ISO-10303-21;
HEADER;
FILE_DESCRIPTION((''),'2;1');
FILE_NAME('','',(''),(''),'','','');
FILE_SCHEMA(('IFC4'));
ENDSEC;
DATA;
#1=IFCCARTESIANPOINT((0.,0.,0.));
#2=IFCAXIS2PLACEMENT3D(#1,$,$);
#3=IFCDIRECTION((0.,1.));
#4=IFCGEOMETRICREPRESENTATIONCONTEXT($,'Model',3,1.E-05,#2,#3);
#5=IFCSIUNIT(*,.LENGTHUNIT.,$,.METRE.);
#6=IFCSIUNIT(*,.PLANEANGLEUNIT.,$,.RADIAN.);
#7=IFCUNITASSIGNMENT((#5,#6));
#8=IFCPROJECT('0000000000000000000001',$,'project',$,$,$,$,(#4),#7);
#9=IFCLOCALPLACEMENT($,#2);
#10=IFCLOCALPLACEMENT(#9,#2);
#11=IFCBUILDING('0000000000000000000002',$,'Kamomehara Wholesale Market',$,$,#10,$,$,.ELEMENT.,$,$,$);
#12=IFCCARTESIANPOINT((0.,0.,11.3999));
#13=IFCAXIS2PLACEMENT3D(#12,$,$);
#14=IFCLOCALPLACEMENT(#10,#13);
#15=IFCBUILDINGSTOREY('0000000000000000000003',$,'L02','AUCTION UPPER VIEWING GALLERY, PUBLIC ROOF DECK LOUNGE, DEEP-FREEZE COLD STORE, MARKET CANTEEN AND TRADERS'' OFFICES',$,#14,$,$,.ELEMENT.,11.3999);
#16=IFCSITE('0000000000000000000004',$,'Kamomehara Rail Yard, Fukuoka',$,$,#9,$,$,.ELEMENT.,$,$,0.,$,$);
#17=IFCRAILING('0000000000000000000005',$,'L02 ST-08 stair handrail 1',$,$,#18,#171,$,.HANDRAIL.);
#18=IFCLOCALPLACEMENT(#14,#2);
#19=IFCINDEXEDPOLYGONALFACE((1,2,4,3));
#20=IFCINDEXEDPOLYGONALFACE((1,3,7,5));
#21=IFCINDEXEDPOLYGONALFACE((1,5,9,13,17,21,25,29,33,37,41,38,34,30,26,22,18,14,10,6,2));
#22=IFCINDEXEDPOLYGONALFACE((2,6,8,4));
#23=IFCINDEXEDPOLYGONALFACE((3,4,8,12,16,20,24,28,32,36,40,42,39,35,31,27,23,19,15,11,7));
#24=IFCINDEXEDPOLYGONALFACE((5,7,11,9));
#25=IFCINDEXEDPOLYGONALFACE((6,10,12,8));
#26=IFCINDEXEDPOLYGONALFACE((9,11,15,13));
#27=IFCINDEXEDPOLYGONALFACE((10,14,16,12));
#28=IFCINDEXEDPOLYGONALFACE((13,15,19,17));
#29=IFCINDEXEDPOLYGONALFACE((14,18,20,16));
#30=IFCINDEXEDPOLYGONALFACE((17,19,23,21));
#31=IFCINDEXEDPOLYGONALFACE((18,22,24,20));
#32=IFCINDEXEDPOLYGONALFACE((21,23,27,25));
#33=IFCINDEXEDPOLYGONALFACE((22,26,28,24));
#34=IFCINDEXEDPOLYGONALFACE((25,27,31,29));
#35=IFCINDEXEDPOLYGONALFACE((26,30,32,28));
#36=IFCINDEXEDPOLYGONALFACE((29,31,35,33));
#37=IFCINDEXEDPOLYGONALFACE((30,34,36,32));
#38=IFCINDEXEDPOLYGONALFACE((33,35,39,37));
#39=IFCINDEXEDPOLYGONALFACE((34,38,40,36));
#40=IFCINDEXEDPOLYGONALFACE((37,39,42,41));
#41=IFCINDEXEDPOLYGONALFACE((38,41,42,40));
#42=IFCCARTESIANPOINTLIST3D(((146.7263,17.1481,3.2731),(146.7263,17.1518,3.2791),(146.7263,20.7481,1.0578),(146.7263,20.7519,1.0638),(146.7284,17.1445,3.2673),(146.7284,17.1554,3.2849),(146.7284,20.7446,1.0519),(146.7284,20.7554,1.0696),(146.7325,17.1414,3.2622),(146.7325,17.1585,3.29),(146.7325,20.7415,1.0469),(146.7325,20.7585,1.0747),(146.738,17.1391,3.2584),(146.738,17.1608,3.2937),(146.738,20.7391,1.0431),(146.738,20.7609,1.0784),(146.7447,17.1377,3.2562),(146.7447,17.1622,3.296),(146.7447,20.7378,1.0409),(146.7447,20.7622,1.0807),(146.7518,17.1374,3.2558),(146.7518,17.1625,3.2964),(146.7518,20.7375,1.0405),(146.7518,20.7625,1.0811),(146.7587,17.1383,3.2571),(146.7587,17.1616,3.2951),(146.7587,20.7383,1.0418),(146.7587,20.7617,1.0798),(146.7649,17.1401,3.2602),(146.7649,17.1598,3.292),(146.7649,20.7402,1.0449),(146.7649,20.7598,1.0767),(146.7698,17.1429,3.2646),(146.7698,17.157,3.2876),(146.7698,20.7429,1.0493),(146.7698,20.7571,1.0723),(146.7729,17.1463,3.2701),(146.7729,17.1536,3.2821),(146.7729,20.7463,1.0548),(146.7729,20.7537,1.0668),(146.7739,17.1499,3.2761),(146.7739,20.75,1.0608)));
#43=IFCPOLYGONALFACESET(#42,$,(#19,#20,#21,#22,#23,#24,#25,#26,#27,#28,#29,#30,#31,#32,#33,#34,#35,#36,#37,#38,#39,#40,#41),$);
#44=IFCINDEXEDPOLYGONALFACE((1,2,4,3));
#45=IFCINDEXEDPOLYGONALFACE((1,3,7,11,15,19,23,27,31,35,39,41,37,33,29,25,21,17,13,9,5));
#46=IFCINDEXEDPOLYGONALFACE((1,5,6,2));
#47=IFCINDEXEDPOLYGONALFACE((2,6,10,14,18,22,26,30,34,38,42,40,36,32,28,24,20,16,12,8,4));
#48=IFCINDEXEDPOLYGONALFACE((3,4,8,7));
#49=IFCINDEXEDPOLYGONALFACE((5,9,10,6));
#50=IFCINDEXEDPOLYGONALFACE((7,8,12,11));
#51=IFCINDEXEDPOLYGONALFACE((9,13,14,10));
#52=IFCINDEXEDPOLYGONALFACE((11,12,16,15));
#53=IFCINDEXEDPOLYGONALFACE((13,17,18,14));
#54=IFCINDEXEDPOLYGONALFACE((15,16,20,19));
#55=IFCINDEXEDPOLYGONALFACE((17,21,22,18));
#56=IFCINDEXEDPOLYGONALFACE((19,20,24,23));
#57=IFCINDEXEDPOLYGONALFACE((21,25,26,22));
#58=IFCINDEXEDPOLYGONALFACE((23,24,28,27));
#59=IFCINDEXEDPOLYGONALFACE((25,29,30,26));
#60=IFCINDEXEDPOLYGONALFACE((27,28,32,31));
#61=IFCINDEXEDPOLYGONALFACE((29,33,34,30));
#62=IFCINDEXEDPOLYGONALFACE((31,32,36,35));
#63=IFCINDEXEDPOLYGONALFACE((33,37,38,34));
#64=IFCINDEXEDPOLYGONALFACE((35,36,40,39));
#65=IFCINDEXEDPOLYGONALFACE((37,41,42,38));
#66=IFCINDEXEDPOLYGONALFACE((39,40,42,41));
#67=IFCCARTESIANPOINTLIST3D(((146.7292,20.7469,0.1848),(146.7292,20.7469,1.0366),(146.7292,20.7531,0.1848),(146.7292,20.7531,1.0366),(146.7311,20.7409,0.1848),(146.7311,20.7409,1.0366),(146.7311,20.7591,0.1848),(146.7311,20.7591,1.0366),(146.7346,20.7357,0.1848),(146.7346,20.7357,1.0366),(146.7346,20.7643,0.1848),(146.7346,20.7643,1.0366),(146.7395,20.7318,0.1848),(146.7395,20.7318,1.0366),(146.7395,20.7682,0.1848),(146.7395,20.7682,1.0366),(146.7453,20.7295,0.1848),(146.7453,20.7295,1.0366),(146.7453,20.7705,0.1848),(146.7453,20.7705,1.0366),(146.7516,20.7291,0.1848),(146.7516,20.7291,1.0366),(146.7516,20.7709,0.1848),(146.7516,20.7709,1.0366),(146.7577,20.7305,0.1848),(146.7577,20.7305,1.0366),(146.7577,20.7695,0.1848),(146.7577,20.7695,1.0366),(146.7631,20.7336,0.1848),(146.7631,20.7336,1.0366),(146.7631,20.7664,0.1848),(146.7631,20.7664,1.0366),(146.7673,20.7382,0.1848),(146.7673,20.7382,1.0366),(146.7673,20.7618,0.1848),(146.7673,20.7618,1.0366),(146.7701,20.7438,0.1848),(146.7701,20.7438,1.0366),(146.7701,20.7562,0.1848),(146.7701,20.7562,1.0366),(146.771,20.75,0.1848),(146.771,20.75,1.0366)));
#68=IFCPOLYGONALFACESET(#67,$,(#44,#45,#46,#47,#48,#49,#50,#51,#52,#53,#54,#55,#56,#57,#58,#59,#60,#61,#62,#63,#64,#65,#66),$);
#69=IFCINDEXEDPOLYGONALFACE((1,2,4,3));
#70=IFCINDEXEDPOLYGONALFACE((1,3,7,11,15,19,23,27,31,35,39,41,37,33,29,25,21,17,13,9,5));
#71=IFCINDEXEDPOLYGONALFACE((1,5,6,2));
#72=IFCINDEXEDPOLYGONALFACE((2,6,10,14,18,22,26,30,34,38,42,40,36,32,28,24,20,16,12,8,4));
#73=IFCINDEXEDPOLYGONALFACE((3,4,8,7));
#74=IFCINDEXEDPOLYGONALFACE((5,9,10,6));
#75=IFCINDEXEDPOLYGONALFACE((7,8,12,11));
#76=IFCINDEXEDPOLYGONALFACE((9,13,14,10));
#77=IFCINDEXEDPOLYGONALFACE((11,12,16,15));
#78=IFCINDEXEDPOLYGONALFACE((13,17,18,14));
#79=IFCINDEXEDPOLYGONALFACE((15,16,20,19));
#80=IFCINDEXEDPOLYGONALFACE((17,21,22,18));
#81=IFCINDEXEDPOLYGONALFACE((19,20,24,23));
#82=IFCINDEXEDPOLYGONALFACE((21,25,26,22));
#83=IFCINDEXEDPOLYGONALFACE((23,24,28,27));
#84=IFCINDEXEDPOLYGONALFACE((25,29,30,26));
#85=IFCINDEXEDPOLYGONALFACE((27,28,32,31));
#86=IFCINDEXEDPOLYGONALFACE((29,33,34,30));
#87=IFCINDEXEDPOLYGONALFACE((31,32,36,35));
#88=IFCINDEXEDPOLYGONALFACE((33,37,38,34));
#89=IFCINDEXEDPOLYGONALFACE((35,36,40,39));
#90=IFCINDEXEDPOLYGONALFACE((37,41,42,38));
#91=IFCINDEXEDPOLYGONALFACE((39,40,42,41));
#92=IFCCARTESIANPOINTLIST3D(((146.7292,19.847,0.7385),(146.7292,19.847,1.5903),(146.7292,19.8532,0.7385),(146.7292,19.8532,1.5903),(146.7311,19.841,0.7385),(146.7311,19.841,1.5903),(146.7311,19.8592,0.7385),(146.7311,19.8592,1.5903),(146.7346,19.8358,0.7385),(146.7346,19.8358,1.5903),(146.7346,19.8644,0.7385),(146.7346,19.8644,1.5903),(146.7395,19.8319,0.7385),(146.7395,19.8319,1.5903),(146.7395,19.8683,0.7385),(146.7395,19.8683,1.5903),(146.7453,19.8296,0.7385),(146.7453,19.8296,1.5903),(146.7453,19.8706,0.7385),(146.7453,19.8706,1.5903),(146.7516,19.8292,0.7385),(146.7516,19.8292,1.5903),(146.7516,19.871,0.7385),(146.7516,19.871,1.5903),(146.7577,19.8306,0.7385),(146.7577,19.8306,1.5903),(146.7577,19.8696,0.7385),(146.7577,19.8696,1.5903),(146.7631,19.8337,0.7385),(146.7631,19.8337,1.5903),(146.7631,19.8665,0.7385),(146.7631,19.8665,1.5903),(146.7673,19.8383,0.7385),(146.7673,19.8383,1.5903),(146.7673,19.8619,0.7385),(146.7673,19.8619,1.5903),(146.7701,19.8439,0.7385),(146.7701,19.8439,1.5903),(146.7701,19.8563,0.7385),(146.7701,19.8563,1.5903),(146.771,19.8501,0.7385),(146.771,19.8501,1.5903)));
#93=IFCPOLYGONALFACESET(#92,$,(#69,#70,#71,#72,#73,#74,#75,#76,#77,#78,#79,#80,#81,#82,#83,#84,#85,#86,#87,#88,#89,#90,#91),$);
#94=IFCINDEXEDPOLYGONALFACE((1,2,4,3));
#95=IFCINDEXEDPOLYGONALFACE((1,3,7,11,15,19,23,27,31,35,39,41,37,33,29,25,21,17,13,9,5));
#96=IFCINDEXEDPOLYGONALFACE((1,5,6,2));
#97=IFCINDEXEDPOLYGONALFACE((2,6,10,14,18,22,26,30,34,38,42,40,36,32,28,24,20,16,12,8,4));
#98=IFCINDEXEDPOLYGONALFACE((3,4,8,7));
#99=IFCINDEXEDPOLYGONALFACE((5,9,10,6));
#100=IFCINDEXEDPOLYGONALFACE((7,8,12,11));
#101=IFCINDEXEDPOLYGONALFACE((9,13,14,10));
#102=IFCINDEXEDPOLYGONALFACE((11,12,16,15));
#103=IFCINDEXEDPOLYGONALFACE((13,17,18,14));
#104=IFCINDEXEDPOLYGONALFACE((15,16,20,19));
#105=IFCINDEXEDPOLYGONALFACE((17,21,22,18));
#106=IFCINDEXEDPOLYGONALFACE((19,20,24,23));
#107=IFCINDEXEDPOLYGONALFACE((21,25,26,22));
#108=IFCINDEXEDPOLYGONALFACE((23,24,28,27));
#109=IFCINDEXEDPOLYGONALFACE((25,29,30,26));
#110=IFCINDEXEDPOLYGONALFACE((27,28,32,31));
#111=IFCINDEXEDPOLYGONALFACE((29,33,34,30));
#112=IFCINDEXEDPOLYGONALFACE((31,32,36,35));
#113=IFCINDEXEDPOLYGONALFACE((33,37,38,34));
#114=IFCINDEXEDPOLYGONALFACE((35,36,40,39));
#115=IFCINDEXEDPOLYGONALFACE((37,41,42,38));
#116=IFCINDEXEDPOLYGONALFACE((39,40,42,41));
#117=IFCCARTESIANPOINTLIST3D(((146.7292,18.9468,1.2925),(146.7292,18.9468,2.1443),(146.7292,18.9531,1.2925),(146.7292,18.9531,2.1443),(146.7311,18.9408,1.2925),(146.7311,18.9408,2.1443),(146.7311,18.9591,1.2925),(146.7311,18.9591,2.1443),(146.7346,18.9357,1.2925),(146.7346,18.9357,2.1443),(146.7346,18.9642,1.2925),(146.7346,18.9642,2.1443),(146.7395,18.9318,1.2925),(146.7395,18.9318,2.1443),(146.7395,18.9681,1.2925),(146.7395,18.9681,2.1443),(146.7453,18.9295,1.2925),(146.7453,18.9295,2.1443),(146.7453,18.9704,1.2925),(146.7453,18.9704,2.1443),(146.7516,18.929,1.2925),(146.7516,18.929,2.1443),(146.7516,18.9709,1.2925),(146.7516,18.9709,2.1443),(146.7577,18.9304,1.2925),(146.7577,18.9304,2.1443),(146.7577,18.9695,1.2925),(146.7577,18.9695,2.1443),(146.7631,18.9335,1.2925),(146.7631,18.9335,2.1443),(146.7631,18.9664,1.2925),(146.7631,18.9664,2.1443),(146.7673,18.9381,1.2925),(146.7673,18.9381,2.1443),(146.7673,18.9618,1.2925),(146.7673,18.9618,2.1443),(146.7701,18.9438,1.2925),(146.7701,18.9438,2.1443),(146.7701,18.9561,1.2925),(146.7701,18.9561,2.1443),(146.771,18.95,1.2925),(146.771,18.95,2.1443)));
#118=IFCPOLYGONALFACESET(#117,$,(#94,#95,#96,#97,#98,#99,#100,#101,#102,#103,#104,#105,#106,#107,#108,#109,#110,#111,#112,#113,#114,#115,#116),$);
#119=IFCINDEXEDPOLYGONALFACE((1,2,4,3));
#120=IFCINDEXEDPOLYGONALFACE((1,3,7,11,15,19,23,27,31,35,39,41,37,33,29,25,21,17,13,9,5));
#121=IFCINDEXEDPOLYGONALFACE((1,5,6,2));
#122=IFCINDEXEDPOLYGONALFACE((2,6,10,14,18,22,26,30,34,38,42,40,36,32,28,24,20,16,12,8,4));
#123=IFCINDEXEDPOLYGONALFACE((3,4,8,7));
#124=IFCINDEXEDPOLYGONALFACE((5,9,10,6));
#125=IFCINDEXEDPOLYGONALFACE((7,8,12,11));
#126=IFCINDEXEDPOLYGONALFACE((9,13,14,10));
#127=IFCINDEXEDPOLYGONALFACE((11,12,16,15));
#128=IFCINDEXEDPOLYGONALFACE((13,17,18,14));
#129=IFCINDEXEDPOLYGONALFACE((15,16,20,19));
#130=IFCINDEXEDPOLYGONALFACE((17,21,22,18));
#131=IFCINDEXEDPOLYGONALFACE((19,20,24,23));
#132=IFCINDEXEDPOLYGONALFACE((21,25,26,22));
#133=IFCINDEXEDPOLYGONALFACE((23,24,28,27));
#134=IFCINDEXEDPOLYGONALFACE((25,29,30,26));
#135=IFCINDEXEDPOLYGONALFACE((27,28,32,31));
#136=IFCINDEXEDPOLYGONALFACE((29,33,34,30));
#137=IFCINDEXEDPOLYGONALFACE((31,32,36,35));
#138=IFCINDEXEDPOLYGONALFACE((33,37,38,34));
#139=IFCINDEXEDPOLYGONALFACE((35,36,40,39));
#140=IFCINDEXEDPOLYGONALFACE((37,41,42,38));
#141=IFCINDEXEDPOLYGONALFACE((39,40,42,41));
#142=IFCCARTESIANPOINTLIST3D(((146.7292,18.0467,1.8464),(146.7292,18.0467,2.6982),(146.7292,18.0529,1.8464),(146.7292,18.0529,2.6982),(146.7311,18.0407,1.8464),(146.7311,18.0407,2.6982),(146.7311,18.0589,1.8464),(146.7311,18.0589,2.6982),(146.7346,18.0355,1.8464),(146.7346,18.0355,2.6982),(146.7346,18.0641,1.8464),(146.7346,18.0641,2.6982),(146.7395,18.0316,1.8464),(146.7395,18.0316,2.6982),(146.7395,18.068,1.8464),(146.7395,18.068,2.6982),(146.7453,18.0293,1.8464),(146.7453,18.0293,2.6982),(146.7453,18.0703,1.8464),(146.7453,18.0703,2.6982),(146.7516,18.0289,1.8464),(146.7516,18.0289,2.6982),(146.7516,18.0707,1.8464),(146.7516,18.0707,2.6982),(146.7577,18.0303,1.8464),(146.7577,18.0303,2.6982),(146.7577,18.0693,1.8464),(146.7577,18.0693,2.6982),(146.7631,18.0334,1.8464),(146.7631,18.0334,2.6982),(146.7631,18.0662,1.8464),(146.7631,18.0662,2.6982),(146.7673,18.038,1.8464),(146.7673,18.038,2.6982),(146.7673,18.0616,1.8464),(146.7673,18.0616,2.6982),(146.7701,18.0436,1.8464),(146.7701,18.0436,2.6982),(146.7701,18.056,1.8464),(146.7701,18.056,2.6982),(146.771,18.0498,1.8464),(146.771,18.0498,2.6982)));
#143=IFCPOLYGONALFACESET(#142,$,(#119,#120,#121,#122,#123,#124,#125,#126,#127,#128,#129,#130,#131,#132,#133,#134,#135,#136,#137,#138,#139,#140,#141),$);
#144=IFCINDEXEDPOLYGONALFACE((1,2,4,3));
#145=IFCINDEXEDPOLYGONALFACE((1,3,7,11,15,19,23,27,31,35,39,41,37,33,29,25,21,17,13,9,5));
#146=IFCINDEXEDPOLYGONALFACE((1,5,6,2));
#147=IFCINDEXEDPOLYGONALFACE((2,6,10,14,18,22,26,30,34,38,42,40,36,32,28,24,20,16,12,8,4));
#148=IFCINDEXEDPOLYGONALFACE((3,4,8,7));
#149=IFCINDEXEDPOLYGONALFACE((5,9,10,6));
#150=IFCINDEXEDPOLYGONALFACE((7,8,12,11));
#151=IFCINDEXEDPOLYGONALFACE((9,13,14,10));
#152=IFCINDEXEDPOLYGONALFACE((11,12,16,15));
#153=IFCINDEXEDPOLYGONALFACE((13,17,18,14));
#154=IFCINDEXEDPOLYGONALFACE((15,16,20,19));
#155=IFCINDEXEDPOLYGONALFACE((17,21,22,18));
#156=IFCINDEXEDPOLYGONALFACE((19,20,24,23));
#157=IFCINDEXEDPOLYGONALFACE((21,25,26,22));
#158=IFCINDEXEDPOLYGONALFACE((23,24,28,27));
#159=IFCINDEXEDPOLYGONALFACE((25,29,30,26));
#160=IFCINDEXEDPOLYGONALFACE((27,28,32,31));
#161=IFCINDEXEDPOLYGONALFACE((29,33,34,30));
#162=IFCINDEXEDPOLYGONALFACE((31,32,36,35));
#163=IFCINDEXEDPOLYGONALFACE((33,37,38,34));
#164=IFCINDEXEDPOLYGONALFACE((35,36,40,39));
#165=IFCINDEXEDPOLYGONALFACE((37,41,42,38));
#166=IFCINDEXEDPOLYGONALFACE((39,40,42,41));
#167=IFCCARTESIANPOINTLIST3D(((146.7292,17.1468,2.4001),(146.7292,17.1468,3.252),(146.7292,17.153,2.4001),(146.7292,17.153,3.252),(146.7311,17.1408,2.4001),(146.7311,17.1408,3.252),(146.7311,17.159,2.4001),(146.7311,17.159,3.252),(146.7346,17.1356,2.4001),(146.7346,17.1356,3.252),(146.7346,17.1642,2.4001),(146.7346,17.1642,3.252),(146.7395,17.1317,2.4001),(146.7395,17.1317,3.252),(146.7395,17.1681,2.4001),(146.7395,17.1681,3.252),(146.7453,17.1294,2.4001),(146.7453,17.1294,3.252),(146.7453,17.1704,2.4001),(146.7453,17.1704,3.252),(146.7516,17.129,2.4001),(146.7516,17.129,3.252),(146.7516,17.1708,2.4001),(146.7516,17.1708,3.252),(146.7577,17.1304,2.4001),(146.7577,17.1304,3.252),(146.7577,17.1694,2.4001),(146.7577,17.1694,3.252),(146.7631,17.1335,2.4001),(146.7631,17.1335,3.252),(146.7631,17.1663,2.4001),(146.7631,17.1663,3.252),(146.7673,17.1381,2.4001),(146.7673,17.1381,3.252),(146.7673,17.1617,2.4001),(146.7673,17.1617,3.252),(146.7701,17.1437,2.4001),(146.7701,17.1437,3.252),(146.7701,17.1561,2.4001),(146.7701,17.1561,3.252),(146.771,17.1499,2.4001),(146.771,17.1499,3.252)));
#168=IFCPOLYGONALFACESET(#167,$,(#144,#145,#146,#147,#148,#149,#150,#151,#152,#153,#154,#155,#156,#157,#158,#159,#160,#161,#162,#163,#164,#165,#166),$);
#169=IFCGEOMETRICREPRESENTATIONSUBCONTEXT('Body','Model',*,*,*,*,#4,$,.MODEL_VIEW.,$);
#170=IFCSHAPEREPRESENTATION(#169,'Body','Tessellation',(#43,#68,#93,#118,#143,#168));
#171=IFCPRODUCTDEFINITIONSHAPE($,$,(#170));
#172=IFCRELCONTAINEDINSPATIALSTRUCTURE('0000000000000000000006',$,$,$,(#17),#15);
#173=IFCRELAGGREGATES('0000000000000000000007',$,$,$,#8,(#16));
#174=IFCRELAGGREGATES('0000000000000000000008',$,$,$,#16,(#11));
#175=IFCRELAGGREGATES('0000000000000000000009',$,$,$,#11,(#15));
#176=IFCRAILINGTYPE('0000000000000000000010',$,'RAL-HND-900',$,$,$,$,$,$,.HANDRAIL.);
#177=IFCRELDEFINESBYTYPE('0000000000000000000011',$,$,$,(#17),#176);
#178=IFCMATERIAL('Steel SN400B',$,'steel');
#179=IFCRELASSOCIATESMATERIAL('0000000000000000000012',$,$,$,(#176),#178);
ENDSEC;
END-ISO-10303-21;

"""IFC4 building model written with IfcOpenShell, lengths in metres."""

from ifc_helpers import new_model, si_unit, direction, frame, origin, origin_2d, place, context, subcontext, project, spatial, circle, extrude, material, type_object, element, save


model = new_model("IFC4")

# Units and contexts
model_context = context("Model", 3, precision=1e-05, world=origin(), true_north=direction((0.0, 1.0)))
body_context = subcontext(model_context, "Body", "Model", "MODEL_VIEW")
ifc_project = project(units=[si_unit("LENGTHUNIT", "METRE"), si_unit("PLANEANGLEUNIT", "RADIAN")], contexts=[model_context])

# Site, building, storey
site_placement = place(None, origin())
site = spatial("IfcSite", under=ifc_project, at=site_placement, Name="Kamomehara Rail Yard, Fukuoka", CompositionType="ELEMENT", RefElevation=0.0)
building_placement = place(site_placement, origin())
building = spatial("IfcBuilding", under=site, at=building_placement, Name="Kamomehara Wholesale Market", CompositionType="ELEMENT")
storey_placement = place(building_placement, frame((0.0, 0.0, 11.3999)))
storey = spatial("IfcBuildingStorey", under=building, at=storey_placement, Name="L02", Description="AUCTION UPPER VIEWING GALLERY, PUBLIC ROOF DECK LOUNGE, DEEP-FREEZE COLD STORE, MARKET CANTEEN AND TRADERS' OFFICES", CompositionType="ELEMENT", Elevation=11.3999)

# Railing
ifc_material_1 = material(Name="Steel SN400B", Category="steel")
railing_type_1 = type_object("IfcRailingType", Name="RAL-HND-900", PredefinedType="HANDRAIL", material=ifc_material_1)
railing_1_placement = place(storey_placement, frame((146.75, 20.75, 0.1848)))
element("IfcRailing", 1, at=railing_1_placement, inside=storey, type_object=railing_type_1, Name="L02 ST-08 stair handrail 1", PredefinedType="HANDRAIL", context=body_context, shape_type="SweptSolid", body=[
    extrude(circle(Radius=0.0239, at=origin_2d()), frame((0.0, 0.0, 0.876), z_axis=(0.0, -0.85167, 0.524078), x_axis=(1.0, 0.0, 0.0)), (0.0, 0.0, 1.0), 4.2271),
    extrude(circle(Radius=0.021, at=origin_2d()), origin(), (0.0, 0.0, 1.0), 0.8518),
    extrude(circle(Radius=0.021, at=origin_2d()), frame((0.0, -0.8999, 0.5537)), (0.0, 0.0, 1.0), 0.8518),
    extrude(circle(Radius=0.021, at=origin_2d()), frame((0.0, -1.8, 1.1077)), (0.0, 0.0, 1.0), 0.8518),
    extrude(circle(Radius=0.021, at=origin_2d()), frame((0.0, -2.7002, 1.6616)), (0.0, 0.0, 1.0), 0.8518),
    extrude(circle(Radius=0.021, at=origin_2d()), frame((0.0, -3.6001, 2.2153)), (0.0, 0.0, 1.0), 0.8518),
])

save(model, "model.ifc")
